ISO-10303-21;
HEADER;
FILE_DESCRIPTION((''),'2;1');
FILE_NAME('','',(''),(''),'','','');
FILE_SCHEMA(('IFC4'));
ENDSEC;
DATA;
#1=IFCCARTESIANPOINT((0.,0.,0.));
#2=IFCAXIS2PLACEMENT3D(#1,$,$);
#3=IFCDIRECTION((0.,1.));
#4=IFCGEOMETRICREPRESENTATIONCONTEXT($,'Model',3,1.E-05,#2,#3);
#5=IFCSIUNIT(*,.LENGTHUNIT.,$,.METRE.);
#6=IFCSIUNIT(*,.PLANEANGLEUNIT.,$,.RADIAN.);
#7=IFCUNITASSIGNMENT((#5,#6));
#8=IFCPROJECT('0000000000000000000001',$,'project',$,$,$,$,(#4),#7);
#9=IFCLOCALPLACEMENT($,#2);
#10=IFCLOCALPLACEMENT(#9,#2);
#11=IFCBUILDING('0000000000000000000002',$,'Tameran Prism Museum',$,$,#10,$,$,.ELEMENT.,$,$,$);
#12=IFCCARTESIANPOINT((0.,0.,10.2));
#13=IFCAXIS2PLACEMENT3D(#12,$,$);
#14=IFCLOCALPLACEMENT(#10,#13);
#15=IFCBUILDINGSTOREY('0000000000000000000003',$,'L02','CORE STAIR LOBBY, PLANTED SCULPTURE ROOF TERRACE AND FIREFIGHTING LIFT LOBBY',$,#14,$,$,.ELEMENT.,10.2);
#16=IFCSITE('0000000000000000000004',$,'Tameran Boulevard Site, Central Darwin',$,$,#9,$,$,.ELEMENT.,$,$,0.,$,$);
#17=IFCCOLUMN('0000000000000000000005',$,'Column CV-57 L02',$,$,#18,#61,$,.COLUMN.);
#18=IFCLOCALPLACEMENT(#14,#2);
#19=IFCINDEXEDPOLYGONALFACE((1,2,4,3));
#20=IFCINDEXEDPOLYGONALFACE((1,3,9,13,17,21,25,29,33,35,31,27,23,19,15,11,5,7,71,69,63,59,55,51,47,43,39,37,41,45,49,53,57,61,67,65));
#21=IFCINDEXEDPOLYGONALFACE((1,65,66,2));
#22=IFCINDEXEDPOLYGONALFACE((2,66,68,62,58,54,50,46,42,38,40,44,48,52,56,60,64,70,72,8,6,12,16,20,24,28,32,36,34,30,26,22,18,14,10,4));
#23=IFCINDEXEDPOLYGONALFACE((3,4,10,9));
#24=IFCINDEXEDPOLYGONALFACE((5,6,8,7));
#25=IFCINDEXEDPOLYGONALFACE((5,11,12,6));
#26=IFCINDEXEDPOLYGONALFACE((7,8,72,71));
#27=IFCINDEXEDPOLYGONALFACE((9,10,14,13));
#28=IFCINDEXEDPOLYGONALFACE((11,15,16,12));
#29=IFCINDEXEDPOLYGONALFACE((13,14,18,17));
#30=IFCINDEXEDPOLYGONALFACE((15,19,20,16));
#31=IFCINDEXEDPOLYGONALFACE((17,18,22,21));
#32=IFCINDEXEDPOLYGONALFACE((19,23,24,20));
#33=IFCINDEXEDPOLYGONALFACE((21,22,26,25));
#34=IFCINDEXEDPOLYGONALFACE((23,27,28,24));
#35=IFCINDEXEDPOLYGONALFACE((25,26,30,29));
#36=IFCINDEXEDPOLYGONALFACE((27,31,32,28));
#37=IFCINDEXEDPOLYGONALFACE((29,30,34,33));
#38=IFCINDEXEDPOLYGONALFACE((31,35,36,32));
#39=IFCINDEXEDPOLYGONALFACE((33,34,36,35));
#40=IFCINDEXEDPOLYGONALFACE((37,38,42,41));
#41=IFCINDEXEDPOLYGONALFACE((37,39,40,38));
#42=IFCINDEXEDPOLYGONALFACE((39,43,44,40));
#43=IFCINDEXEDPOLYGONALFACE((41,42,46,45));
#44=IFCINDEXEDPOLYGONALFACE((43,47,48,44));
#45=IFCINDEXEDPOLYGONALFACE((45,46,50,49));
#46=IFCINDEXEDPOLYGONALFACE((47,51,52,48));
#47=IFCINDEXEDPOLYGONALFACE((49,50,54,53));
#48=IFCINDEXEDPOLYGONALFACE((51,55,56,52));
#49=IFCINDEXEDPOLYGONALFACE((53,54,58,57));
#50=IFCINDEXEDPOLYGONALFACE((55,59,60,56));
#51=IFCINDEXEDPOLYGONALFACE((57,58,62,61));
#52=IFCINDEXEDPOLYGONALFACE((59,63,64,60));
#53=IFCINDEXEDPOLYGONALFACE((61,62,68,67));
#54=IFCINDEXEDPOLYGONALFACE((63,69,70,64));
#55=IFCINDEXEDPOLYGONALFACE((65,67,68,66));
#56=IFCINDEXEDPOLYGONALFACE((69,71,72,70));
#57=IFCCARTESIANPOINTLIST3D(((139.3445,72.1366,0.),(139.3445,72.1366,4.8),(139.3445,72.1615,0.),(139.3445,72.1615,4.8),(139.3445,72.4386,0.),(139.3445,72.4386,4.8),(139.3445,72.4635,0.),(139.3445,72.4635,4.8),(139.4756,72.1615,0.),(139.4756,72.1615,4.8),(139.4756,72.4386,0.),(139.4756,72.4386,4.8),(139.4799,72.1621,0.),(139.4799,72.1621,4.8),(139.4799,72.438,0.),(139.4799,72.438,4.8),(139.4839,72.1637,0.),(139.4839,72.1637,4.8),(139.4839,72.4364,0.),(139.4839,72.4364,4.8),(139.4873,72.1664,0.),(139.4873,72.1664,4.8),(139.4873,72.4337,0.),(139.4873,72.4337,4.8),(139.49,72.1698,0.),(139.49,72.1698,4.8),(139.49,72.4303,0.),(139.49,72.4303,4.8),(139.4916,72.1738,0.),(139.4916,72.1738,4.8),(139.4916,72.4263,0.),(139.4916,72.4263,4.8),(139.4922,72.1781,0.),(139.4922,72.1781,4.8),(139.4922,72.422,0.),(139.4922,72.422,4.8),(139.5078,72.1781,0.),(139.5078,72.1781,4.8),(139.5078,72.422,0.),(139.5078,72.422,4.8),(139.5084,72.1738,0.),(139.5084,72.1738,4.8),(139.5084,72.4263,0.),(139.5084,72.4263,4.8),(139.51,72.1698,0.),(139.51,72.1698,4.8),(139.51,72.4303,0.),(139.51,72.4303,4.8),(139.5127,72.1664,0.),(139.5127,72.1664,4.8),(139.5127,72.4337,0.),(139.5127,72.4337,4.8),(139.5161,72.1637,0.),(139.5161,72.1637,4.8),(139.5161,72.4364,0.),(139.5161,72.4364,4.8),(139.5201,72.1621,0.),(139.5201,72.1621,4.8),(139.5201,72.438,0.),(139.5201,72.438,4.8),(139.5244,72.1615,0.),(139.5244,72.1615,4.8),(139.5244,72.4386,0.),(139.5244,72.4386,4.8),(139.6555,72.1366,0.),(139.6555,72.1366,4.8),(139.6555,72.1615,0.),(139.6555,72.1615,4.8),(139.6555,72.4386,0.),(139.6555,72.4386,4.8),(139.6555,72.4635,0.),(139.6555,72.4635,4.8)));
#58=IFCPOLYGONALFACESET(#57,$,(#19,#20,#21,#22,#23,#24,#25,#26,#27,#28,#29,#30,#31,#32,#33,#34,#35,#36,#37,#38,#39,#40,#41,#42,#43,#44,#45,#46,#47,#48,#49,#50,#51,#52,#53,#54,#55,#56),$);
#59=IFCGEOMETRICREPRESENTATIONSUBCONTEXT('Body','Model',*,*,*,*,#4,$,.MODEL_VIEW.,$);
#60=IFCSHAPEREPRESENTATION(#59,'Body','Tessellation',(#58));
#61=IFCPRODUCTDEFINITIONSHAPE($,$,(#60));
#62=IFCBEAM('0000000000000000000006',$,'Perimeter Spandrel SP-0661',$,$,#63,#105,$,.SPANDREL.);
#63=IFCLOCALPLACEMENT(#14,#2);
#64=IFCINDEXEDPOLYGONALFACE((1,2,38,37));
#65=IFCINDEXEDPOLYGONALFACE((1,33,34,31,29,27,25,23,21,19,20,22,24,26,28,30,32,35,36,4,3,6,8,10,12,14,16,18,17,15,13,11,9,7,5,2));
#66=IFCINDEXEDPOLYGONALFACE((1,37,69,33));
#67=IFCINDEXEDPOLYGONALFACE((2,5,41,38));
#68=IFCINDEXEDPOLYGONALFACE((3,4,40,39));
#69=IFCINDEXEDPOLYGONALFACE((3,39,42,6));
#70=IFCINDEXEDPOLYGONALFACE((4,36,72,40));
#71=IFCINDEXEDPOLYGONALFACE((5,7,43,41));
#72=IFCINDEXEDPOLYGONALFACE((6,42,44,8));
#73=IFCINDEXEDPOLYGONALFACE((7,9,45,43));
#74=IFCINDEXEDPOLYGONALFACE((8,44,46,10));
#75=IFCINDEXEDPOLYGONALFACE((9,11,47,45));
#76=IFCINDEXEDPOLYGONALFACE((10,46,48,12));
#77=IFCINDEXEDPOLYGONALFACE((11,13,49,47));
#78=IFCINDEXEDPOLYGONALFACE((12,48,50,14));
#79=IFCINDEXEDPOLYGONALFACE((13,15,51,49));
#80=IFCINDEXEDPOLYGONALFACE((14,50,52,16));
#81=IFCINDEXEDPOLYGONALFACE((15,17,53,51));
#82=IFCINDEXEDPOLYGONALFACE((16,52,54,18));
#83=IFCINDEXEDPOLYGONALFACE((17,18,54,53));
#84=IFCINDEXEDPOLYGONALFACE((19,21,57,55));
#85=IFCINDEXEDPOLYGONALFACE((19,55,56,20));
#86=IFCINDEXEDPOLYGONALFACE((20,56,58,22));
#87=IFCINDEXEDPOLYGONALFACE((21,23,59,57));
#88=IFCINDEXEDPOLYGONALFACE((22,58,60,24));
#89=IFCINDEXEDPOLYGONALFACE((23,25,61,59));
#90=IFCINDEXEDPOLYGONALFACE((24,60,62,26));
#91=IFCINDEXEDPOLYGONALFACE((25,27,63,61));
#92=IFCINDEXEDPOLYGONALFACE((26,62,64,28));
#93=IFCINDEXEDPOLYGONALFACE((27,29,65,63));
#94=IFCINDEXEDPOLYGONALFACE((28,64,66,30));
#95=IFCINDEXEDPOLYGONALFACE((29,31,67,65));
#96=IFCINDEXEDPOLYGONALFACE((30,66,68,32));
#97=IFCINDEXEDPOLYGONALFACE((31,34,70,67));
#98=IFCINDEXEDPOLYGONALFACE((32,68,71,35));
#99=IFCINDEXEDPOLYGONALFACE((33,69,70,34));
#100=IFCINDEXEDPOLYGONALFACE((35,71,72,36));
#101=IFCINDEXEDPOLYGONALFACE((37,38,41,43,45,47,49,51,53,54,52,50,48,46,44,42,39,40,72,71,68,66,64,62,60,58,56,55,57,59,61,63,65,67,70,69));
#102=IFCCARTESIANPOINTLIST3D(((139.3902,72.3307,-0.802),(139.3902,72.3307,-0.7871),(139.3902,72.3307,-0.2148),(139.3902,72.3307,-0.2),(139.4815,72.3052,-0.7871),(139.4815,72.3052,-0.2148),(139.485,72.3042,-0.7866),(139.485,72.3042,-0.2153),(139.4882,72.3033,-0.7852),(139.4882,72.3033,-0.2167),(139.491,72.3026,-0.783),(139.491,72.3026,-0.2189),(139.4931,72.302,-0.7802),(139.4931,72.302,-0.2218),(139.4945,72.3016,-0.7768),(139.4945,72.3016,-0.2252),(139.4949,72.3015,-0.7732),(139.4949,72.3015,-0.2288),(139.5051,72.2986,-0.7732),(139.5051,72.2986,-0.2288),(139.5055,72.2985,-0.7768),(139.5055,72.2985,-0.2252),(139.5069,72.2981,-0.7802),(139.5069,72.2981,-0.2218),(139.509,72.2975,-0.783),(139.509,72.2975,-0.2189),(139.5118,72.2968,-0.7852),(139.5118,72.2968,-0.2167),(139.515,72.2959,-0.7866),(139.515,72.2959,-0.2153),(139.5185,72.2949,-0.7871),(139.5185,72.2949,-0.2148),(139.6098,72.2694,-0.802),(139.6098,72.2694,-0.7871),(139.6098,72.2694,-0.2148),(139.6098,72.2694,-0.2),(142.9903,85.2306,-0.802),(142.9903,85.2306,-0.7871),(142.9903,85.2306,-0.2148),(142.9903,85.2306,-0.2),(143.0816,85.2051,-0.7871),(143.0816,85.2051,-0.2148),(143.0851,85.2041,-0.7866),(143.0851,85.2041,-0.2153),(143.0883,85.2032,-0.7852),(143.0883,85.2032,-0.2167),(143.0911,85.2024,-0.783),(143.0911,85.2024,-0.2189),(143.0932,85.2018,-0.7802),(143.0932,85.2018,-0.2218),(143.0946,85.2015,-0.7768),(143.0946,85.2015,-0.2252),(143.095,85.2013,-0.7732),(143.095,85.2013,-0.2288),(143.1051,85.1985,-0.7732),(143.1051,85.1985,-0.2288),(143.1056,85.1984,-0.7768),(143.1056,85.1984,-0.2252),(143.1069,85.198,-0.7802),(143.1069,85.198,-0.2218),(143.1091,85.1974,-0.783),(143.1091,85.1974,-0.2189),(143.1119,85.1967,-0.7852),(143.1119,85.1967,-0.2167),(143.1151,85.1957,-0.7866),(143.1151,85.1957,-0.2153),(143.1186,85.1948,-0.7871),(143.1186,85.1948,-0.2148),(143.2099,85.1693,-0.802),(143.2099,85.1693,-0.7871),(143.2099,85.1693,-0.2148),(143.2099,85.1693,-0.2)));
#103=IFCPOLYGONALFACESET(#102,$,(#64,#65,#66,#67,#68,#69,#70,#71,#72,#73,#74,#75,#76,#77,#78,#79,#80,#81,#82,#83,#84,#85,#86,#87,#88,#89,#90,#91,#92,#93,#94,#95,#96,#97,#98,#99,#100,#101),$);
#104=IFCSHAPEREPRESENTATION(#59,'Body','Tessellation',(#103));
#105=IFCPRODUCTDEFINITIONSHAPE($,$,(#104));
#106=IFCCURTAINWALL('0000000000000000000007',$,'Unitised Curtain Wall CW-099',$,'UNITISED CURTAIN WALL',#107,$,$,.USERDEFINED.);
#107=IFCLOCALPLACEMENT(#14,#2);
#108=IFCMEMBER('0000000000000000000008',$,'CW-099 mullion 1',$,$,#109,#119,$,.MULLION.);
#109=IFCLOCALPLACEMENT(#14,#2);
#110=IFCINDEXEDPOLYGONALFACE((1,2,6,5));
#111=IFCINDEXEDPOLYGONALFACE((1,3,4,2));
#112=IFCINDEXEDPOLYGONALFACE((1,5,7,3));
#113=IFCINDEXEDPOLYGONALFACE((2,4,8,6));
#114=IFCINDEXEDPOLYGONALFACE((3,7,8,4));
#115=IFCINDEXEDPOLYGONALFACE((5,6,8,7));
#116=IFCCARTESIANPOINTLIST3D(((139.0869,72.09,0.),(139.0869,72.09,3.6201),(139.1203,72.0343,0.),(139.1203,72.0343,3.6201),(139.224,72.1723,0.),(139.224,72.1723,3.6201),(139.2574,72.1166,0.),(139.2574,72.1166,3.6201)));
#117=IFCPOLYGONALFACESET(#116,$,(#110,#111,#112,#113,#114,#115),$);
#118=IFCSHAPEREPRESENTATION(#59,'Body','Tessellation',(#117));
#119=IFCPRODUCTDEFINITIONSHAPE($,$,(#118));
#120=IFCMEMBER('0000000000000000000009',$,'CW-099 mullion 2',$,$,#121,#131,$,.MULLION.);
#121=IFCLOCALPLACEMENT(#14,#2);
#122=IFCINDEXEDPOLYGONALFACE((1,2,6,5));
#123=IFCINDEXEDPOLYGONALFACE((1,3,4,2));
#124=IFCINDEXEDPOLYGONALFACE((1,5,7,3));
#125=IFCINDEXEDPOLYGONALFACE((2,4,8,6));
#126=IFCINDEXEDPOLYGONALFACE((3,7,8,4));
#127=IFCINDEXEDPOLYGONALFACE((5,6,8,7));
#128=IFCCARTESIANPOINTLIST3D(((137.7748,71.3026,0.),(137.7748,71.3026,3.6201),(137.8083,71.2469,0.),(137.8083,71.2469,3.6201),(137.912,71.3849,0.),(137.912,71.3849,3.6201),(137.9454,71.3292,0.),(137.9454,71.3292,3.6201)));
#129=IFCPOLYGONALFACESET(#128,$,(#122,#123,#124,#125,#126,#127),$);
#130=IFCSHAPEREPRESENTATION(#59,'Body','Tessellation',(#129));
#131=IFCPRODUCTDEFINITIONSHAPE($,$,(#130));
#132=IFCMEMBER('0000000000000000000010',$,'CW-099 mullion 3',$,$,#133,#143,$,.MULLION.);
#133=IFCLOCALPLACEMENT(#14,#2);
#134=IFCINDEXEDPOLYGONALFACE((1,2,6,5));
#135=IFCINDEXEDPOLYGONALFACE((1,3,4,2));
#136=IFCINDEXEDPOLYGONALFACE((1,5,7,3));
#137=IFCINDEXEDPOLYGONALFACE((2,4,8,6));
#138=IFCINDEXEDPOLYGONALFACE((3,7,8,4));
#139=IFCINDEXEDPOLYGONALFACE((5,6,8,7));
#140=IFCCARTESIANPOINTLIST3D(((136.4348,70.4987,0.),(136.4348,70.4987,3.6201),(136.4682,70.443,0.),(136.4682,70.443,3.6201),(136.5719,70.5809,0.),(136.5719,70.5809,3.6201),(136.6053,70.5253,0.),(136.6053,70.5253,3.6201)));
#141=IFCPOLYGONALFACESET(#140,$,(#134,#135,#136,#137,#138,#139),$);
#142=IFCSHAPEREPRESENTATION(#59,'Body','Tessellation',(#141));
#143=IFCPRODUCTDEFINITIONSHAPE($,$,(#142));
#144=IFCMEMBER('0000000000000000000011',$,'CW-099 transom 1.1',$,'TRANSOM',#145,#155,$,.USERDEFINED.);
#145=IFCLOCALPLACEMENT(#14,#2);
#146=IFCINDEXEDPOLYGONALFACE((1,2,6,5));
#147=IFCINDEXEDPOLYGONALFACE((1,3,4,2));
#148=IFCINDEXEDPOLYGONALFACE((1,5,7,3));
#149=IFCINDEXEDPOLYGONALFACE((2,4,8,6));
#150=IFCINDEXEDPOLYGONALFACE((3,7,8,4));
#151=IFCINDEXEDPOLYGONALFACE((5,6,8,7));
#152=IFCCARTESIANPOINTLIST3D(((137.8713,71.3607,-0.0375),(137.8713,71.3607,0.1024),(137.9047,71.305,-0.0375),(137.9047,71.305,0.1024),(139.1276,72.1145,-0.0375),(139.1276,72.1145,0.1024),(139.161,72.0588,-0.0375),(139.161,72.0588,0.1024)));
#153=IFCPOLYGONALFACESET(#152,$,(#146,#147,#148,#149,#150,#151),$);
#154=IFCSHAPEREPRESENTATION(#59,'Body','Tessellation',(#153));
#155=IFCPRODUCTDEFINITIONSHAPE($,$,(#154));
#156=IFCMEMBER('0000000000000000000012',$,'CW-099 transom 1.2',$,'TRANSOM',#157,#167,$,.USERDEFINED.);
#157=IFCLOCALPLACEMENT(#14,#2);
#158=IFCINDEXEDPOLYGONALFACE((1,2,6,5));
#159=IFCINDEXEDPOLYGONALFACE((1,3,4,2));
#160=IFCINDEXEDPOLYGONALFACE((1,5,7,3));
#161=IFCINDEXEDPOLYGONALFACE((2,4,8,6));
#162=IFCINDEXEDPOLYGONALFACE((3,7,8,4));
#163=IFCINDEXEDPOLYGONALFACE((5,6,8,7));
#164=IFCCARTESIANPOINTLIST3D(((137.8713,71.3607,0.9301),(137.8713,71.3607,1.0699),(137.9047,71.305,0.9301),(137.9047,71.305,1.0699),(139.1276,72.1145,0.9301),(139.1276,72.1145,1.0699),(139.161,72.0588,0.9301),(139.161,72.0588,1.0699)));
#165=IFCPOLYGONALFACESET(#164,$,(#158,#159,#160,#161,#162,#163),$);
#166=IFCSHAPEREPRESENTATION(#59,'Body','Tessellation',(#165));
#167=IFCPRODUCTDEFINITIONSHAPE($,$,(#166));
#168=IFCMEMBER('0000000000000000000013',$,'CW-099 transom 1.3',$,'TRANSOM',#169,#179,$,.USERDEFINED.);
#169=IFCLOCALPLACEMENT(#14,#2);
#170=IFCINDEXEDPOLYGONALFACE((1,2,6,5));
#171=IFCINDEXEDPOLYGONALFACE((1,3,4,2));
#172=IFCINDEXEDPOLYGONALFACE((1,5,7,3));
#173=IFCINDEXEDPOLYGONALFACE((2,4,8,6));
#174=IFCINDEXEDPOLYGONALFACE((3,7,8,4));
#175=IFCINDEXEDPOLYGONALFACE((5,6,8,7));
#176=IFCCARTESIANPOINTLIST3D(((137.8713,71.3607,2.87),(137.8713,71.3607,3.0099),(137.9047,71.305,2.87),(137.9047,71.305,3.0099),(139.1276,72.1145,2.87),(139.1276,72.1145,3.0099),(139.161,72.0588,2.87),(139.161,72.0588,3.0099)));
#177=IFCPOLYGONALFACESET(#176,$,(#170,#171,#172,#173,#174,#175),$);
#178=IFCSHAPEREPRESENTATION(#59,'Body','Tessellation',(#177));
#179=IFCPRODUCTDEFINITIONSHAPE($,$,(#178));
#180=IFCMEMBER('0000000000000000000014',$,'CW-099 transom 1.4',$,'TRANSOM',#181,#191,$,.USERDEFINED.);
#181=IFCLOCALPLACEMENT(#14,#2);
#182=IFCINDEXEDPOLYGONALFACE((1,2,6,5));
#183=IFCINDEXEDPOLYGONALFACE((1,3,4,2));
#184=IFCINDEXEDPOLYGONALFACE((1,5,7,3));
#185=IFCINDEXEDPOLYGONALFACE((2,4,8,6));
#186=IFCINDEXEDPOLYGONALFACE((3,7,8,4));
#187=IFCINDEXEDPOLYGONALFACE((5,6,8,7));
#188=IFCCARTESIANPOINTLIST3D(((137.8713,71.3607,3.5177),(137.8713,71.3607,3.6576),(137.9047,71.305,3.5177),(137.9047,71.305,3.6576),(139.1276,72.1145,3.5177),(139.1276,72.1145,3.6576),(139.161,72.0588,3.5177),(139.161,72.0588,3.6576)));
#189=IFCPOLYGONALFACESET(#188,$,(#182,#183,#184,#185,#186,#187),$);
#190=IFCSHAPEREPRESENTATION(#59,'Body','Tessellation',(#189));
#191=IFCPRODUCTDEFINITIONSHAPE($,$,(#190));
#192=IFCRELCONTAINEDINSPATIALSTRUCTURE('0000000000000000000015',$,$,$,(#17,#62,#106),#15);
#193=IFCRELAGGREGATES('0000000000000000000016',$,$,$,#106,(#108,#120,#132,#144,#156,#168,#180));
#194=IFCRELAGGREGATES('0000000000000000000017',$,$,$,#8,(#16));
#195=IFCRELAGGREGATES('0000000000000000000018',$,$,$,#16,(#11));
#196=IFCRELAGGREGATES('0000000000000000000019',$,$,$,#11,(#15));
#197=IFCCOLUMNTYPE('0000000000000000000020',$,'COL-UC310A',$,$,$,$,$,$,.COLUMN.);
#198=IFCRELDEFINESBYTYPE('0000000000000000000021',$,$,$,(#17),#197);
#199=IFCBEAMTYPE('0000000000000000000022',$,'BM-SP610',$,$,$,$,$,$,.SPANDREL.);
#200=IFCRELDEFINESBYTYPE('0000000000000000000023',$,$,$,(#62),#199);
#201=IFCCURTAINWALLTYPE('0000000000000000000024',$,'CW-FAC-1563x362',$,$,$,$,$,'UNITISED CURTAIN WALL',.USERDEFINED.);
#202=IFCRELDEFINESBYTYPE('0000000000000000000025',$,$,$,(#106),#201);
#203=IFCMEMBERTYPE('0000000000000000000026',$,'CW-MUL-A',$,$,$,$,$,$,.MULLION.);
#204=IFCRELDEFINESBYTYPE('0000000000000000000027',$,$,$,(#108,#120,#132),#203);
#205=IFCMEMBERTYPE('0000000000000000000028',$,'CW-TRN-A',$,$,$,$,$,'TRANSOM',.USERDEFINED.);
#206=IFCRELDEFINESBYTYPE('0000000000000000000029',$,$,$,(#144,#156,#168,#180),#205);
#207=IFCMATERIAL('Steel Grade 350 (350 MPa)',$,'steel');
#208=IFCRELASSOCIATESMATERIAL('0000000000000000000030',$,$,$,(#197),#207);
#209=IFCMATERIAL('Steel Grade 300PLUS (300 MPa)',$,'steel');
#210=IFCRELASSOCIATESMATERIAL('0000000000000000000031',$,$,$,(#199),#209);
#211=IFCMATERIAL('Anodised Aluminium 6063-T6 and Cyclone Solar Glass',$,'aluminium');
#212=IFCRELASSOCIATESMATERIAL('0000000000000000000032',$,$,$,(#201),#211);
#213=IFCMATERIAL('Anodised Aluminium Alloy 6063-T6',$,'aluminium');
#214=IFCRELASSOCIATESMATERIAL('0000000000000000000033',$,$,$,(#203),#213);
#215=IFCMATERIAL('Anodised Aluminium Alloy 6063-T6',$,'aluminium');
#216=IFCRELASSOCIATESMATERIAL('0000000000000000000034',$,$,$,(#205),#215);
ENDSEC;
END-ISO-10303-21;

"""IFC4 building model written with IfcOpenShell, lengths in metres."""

from ifc_helpers import new_model, si_unit, direction, frame, origin, origin_2d, place, context, subcontext, project, spatial, rectangle, i_section, extrude, material, material_profile, profile_set, type_object, element, aggregate, save


model = new_model("IFC4")

# Units and contexts
model_context = context("Model", 3, precision=1e-05, world=origin(), true_north=direction((0.0, 1.0)))
body_context = subcontext(model_context, "Body", "Model", "MODEL_VIEW")
ifc_project = project(units=[si_unit("LENGTHUNIT", "METRE"), si_unit("PLANEANGLEUNIT", "RADIAN")], contexts=[model_context])

# Site, building, storey
site_placement = place(None, origin())
site = spatial("IfcSite", under=ifc_project, at=site_placement, Name="Tameran Boulevard Site, Central Darwin", CompositionType="ELEMENT", RefElevation=0.0)
building_placement = place(site_placement, origin())
building = spatial("IfcBuilding", under=site, at=building_placement, Name="Tameran Prism Museum", CompositionType="ELEMENT")
storey_placement = place(building_placement, frame((0.0, 0.0, 10.2)))
storey = spatial("IfcBuildingStorey", under=building, at=storey_placement, Name="L02", Description="CORE STAIR LOBBY, PLANTED SCULPTURE ROOF TERRACE AND FIREFIGHTING LIFT LOBBY", CompositionType="ELEMENT", Elevation=10.2)

# Column
ifc_material_1 = material(Name="Steel Grade 350 (350 MPa)", Category="steel")
ifc_material_profile_1 = material_profile(ifc_material_1, i_section(OverallWidth=0.311, OverallDepth=0.3269, WebThickness=0.0156, FlangeThickness=0.0249, FilletRadius=0.0166, at=origin_2d()))
ifc_profile_set_1 = profile_set([ifc_material_profile_1])
column_type = type_object("IfcColumnType", Name="COL-UC310A", PredefinedType="COLUMN", material=ifc_profile_set_1)
column_placement = place(storey_placement, frame((139.5, 72.3, 0.0), z_axis=(0.0, 0.0, 1.0), x_axis=(1.0, 0.0, 0.0)))
element("IfcColumn", 1, at=column_placement, inside=storey, type_object=column_type, Name="Column CV-57 L02", PredefinedType="COLUMN", context=body_context, shape_type="SweptSolid", body=[
    extrude(i_section(OverallWidth=0.311, OverallDepth=0.3269, WebThickness=0.0156, FlangeThickness=0.0249, FilletRadius=0.0166, at=origin_2d()), origin(), (0.0, 0.0, 1.0), 4.8),
])

# Beam
ifc_material_2 = material(Name="Steel Grade 300PLUS (300 MPa)", Category="steel")
ifc_material_profile_2 = material_profile(ifc_material_2, i_section(OverallWidth=0.228, OverallDepth=0.6021, WebThickness=0.0105, FlangeThickness=0.0149, FilletRadius=0.0139, at=origin_2d()))
ifc_profile_set_2 = profile_set([ifc_material_profile_2])
beam_type = type_object("IfcBeamType", Name="BM-SP610", PredefinedType="SPANDREL", material=ifc_profile_set_2)
beam_placement = place(storey_placement, frame((139.5, 72.3, -0.501), z_axis=(0.268808, 0.963194, 0.0), x_axis=(-0.963194, 0.268808, 0.0)))
element("IfcBeam", 2, at=beam_placement, inside=storey, type_object=beam_type, Name="Perimeter Spandrel SP-0661", PredefinedType="SPANDREL", context=body_context, shape_type="SweptSolid", body=[
    extrude(i_section(OverallWidth=0.228, OverallDepth=0.6021, WebThickness=0.0105, FlangeThickness=0.0149, FilletRadius=0.0139, at=origin_2d()), origin(), (0.0, 0.0, 1.0), 13.3928),
])

# Curtain wall, members
ifc_material_3 = material(Name="Anodised Aluminium 6063-T6 and Cyclone Solar Glass", Category="aluminium")
curtain_wall_type = type_object("IfcCurtainWallType", Name="CW-FAC-1563x362", ElementType="UNITISED CURTAIN WALL", PredefinedType="USERDEFINED", material=ifc_material_3)
curtain_wall_placement = place(storey_placement, origin())
curtain_wall = element("IfcCurtainWall", 3, at=curtain_wall_placement, inside=storey, type_object=curtain_wall_type, Name="Unitised Curtain Wall CW-099", ObjectType="UNITISED CURTAIN WALL", PredefinedType="USERDEFINED")
ifc_material_4 = material(Name="Anodised Aluminium Alloy 6063-T6", Category="aluminium")
ifc_material_profile_3 = material_profile(ifc_material_4, rectangle(XDim=0.0649, YDim=0.1599, at=origin_2d()))
ifc_profile_set_3 = profile_set([ifc_material_profile_3])
member_type_1 = type_object("IfcMemberType", Name="CW-MUL-A", PredefinedType="MULLION", material=ifc_profile_set_3)
member_1_placement = place(storey_placement, frame((139.1721, 72.1033, 0.0), z_axis=(0.0, 0.0, 1.0), x_axis=(0.514496, -0.857493, 0.0)))
member_1 = element("IfcMember", 4, at=member_1_placement, type_object=member_type_1, Name="CW-099 mullion 1", PredefinedType="MULLION", context=body_context, shape_type="SweptSolid", body=[
    extrude(rectangle(XDim=0.0649, YDim=0.1599, at=origin_2d()), origin(), (0.0, 0.0, 1.0), 3.6201),
])
member_2_placement = place(storey_placement, frame((137.8601, 71.3159, 0.0), z_axis=(0.0, 0.0, 1.0), x_axis=(0.514496, -0.857493, 0.0)))
member_2 = element("IfcMember", 5, at=member_2_placement, type_object=member_type_1, Name="CW-099 mullion 2", PredefinedType="MULLION", context=body_context, shape_type="SweptSolid", body=[
    extrude(rectangle(XDim=0.0649, YDim=0.1599, at=origin_2d()), origin(), (0.0, 0.0, 1.0), 3.6201),
])
member_3_placement = place(storey_placement, frame((136.52, 70.512, 0.0), z_axis=(0.0, 0.0, 1.0), x_axis=(0.514496, -0.857493, 0.0)))
member_3 = element("IfcMember", 6, at=member_3_placement, type_object=member_type_1, Name="CW-099 mullion 3", PredefinedType="MULLION", context=body_context, shape_type="SweptSolid", body=[
    extrude(rectangle(XDim=0.0649, YDim=0.1599, at=origin_2d()), origin(), (0.0, 0.0, 1.0), 3.6201),
])
ifc_material_5 = material(Name="Anodised Aluminium Alloy 6063-T6", Category="aluminium")
ifc_material_profile_4 = material_profile(ifc_material_5, rectangle(XDim=0.0649, YDim=0.1399, at=origin_2d()))
ifc_profile_set_4 = profile_set([ifc_material_profile_4])
member_type_2 = type_object("IfcMemberType", Name="CW-TRN-A", ElementType="TRANSOM", PredefinedType="USERDEFINED", material=ifc_profile_set_4)
member_4_placement = place(storey_placement, frame((139.1443, 72.0867, 0.0325), z_axis=(-0.857464, -0.514545, 0.0), x_axis=(0.514545, -0.857464, 0.0)))
member_4 = element("IfcMember", 7, at=member_4_placement, type_object=member_type_2, Name="CW-099 transom 1.1", ObjectType="TRANSOM", PredefinedType="USERDEFINED", context=body_context, shape_type="SweptSolid", body=[
    extrude(rectangle(XDim=0.0649, YDim=0.1399, at=origin_2d()), origin(), (0.0, 0.0, 1.0), 1.4651),
])
member_5_placement = place(storey_placement, frame((139.1443, 72.0867, 1.0), z_axis=(-0.857464, -0.514545, 0.0), x_axis=(0.514545, -0.857464, 0.0)))
member_5 = element("IfcMember", 8, at=member_5_placement, type_object=member_type_2, Name="CW-099 transom 1.2", ObjectType="TRANSOM", PredefinedType="USERDEFINED", context=body_context, shape_type="SweptSolid", body=[
    extrude(rectangle(XDim=0.0649, YDim=0.1399, at=origin_2d()), origin(), (0.0, 0.0, 1.0), 1.4651),
])
member_6_placement = place(storey_placement, frame((139.1443, 72.0867, 2.9399), z_axis=(-0.857464, -0.514545, 0.0), x_axis=(0.514545, -0.857464, 0.0)))
member_6 = element("IfcMember", 9, at=member_6_placement, type_object=member_type_2, Name="CW-099 transom 1.3", ObjectType="TRANSOM", PredefinedType="USERDEFINED", context=body_context, shape_type="SweptSolid", body=[
    extrude(rectangle(XDim=0.0649, YDim=0.1399, at=origin_2d()), origin(), (0.0, 0.0, 1.0), 1.4651),
])
member_7_placement = place(storey_placement, frame((139.1443, 72.0867, 3.5876), z_axis=(-0.857464, -0.514545, 0.0), x_axis=(0.514545, -0.857464, 0.0)))
member_7 = element("IfcMember", 10, at=member_7_placement, type_object=member_type_2, Name="CW-099 transom 1.4", ObjectType="TRANSOM", PredefinedType="USERDEFINED", context=body_context, shape_type="SweptSolid", body=[
    extrude(rectangle(XDim=0.0649, YDim=0.1399, at=origin_2d()), origin(), (0.0, 0.0, 1.0), 1.4651),
])

aggregate(curtain_wall, [member_1, member_2, member_3, member_4, member_5, member_6, member_7])

save(model, "model.ifc")
